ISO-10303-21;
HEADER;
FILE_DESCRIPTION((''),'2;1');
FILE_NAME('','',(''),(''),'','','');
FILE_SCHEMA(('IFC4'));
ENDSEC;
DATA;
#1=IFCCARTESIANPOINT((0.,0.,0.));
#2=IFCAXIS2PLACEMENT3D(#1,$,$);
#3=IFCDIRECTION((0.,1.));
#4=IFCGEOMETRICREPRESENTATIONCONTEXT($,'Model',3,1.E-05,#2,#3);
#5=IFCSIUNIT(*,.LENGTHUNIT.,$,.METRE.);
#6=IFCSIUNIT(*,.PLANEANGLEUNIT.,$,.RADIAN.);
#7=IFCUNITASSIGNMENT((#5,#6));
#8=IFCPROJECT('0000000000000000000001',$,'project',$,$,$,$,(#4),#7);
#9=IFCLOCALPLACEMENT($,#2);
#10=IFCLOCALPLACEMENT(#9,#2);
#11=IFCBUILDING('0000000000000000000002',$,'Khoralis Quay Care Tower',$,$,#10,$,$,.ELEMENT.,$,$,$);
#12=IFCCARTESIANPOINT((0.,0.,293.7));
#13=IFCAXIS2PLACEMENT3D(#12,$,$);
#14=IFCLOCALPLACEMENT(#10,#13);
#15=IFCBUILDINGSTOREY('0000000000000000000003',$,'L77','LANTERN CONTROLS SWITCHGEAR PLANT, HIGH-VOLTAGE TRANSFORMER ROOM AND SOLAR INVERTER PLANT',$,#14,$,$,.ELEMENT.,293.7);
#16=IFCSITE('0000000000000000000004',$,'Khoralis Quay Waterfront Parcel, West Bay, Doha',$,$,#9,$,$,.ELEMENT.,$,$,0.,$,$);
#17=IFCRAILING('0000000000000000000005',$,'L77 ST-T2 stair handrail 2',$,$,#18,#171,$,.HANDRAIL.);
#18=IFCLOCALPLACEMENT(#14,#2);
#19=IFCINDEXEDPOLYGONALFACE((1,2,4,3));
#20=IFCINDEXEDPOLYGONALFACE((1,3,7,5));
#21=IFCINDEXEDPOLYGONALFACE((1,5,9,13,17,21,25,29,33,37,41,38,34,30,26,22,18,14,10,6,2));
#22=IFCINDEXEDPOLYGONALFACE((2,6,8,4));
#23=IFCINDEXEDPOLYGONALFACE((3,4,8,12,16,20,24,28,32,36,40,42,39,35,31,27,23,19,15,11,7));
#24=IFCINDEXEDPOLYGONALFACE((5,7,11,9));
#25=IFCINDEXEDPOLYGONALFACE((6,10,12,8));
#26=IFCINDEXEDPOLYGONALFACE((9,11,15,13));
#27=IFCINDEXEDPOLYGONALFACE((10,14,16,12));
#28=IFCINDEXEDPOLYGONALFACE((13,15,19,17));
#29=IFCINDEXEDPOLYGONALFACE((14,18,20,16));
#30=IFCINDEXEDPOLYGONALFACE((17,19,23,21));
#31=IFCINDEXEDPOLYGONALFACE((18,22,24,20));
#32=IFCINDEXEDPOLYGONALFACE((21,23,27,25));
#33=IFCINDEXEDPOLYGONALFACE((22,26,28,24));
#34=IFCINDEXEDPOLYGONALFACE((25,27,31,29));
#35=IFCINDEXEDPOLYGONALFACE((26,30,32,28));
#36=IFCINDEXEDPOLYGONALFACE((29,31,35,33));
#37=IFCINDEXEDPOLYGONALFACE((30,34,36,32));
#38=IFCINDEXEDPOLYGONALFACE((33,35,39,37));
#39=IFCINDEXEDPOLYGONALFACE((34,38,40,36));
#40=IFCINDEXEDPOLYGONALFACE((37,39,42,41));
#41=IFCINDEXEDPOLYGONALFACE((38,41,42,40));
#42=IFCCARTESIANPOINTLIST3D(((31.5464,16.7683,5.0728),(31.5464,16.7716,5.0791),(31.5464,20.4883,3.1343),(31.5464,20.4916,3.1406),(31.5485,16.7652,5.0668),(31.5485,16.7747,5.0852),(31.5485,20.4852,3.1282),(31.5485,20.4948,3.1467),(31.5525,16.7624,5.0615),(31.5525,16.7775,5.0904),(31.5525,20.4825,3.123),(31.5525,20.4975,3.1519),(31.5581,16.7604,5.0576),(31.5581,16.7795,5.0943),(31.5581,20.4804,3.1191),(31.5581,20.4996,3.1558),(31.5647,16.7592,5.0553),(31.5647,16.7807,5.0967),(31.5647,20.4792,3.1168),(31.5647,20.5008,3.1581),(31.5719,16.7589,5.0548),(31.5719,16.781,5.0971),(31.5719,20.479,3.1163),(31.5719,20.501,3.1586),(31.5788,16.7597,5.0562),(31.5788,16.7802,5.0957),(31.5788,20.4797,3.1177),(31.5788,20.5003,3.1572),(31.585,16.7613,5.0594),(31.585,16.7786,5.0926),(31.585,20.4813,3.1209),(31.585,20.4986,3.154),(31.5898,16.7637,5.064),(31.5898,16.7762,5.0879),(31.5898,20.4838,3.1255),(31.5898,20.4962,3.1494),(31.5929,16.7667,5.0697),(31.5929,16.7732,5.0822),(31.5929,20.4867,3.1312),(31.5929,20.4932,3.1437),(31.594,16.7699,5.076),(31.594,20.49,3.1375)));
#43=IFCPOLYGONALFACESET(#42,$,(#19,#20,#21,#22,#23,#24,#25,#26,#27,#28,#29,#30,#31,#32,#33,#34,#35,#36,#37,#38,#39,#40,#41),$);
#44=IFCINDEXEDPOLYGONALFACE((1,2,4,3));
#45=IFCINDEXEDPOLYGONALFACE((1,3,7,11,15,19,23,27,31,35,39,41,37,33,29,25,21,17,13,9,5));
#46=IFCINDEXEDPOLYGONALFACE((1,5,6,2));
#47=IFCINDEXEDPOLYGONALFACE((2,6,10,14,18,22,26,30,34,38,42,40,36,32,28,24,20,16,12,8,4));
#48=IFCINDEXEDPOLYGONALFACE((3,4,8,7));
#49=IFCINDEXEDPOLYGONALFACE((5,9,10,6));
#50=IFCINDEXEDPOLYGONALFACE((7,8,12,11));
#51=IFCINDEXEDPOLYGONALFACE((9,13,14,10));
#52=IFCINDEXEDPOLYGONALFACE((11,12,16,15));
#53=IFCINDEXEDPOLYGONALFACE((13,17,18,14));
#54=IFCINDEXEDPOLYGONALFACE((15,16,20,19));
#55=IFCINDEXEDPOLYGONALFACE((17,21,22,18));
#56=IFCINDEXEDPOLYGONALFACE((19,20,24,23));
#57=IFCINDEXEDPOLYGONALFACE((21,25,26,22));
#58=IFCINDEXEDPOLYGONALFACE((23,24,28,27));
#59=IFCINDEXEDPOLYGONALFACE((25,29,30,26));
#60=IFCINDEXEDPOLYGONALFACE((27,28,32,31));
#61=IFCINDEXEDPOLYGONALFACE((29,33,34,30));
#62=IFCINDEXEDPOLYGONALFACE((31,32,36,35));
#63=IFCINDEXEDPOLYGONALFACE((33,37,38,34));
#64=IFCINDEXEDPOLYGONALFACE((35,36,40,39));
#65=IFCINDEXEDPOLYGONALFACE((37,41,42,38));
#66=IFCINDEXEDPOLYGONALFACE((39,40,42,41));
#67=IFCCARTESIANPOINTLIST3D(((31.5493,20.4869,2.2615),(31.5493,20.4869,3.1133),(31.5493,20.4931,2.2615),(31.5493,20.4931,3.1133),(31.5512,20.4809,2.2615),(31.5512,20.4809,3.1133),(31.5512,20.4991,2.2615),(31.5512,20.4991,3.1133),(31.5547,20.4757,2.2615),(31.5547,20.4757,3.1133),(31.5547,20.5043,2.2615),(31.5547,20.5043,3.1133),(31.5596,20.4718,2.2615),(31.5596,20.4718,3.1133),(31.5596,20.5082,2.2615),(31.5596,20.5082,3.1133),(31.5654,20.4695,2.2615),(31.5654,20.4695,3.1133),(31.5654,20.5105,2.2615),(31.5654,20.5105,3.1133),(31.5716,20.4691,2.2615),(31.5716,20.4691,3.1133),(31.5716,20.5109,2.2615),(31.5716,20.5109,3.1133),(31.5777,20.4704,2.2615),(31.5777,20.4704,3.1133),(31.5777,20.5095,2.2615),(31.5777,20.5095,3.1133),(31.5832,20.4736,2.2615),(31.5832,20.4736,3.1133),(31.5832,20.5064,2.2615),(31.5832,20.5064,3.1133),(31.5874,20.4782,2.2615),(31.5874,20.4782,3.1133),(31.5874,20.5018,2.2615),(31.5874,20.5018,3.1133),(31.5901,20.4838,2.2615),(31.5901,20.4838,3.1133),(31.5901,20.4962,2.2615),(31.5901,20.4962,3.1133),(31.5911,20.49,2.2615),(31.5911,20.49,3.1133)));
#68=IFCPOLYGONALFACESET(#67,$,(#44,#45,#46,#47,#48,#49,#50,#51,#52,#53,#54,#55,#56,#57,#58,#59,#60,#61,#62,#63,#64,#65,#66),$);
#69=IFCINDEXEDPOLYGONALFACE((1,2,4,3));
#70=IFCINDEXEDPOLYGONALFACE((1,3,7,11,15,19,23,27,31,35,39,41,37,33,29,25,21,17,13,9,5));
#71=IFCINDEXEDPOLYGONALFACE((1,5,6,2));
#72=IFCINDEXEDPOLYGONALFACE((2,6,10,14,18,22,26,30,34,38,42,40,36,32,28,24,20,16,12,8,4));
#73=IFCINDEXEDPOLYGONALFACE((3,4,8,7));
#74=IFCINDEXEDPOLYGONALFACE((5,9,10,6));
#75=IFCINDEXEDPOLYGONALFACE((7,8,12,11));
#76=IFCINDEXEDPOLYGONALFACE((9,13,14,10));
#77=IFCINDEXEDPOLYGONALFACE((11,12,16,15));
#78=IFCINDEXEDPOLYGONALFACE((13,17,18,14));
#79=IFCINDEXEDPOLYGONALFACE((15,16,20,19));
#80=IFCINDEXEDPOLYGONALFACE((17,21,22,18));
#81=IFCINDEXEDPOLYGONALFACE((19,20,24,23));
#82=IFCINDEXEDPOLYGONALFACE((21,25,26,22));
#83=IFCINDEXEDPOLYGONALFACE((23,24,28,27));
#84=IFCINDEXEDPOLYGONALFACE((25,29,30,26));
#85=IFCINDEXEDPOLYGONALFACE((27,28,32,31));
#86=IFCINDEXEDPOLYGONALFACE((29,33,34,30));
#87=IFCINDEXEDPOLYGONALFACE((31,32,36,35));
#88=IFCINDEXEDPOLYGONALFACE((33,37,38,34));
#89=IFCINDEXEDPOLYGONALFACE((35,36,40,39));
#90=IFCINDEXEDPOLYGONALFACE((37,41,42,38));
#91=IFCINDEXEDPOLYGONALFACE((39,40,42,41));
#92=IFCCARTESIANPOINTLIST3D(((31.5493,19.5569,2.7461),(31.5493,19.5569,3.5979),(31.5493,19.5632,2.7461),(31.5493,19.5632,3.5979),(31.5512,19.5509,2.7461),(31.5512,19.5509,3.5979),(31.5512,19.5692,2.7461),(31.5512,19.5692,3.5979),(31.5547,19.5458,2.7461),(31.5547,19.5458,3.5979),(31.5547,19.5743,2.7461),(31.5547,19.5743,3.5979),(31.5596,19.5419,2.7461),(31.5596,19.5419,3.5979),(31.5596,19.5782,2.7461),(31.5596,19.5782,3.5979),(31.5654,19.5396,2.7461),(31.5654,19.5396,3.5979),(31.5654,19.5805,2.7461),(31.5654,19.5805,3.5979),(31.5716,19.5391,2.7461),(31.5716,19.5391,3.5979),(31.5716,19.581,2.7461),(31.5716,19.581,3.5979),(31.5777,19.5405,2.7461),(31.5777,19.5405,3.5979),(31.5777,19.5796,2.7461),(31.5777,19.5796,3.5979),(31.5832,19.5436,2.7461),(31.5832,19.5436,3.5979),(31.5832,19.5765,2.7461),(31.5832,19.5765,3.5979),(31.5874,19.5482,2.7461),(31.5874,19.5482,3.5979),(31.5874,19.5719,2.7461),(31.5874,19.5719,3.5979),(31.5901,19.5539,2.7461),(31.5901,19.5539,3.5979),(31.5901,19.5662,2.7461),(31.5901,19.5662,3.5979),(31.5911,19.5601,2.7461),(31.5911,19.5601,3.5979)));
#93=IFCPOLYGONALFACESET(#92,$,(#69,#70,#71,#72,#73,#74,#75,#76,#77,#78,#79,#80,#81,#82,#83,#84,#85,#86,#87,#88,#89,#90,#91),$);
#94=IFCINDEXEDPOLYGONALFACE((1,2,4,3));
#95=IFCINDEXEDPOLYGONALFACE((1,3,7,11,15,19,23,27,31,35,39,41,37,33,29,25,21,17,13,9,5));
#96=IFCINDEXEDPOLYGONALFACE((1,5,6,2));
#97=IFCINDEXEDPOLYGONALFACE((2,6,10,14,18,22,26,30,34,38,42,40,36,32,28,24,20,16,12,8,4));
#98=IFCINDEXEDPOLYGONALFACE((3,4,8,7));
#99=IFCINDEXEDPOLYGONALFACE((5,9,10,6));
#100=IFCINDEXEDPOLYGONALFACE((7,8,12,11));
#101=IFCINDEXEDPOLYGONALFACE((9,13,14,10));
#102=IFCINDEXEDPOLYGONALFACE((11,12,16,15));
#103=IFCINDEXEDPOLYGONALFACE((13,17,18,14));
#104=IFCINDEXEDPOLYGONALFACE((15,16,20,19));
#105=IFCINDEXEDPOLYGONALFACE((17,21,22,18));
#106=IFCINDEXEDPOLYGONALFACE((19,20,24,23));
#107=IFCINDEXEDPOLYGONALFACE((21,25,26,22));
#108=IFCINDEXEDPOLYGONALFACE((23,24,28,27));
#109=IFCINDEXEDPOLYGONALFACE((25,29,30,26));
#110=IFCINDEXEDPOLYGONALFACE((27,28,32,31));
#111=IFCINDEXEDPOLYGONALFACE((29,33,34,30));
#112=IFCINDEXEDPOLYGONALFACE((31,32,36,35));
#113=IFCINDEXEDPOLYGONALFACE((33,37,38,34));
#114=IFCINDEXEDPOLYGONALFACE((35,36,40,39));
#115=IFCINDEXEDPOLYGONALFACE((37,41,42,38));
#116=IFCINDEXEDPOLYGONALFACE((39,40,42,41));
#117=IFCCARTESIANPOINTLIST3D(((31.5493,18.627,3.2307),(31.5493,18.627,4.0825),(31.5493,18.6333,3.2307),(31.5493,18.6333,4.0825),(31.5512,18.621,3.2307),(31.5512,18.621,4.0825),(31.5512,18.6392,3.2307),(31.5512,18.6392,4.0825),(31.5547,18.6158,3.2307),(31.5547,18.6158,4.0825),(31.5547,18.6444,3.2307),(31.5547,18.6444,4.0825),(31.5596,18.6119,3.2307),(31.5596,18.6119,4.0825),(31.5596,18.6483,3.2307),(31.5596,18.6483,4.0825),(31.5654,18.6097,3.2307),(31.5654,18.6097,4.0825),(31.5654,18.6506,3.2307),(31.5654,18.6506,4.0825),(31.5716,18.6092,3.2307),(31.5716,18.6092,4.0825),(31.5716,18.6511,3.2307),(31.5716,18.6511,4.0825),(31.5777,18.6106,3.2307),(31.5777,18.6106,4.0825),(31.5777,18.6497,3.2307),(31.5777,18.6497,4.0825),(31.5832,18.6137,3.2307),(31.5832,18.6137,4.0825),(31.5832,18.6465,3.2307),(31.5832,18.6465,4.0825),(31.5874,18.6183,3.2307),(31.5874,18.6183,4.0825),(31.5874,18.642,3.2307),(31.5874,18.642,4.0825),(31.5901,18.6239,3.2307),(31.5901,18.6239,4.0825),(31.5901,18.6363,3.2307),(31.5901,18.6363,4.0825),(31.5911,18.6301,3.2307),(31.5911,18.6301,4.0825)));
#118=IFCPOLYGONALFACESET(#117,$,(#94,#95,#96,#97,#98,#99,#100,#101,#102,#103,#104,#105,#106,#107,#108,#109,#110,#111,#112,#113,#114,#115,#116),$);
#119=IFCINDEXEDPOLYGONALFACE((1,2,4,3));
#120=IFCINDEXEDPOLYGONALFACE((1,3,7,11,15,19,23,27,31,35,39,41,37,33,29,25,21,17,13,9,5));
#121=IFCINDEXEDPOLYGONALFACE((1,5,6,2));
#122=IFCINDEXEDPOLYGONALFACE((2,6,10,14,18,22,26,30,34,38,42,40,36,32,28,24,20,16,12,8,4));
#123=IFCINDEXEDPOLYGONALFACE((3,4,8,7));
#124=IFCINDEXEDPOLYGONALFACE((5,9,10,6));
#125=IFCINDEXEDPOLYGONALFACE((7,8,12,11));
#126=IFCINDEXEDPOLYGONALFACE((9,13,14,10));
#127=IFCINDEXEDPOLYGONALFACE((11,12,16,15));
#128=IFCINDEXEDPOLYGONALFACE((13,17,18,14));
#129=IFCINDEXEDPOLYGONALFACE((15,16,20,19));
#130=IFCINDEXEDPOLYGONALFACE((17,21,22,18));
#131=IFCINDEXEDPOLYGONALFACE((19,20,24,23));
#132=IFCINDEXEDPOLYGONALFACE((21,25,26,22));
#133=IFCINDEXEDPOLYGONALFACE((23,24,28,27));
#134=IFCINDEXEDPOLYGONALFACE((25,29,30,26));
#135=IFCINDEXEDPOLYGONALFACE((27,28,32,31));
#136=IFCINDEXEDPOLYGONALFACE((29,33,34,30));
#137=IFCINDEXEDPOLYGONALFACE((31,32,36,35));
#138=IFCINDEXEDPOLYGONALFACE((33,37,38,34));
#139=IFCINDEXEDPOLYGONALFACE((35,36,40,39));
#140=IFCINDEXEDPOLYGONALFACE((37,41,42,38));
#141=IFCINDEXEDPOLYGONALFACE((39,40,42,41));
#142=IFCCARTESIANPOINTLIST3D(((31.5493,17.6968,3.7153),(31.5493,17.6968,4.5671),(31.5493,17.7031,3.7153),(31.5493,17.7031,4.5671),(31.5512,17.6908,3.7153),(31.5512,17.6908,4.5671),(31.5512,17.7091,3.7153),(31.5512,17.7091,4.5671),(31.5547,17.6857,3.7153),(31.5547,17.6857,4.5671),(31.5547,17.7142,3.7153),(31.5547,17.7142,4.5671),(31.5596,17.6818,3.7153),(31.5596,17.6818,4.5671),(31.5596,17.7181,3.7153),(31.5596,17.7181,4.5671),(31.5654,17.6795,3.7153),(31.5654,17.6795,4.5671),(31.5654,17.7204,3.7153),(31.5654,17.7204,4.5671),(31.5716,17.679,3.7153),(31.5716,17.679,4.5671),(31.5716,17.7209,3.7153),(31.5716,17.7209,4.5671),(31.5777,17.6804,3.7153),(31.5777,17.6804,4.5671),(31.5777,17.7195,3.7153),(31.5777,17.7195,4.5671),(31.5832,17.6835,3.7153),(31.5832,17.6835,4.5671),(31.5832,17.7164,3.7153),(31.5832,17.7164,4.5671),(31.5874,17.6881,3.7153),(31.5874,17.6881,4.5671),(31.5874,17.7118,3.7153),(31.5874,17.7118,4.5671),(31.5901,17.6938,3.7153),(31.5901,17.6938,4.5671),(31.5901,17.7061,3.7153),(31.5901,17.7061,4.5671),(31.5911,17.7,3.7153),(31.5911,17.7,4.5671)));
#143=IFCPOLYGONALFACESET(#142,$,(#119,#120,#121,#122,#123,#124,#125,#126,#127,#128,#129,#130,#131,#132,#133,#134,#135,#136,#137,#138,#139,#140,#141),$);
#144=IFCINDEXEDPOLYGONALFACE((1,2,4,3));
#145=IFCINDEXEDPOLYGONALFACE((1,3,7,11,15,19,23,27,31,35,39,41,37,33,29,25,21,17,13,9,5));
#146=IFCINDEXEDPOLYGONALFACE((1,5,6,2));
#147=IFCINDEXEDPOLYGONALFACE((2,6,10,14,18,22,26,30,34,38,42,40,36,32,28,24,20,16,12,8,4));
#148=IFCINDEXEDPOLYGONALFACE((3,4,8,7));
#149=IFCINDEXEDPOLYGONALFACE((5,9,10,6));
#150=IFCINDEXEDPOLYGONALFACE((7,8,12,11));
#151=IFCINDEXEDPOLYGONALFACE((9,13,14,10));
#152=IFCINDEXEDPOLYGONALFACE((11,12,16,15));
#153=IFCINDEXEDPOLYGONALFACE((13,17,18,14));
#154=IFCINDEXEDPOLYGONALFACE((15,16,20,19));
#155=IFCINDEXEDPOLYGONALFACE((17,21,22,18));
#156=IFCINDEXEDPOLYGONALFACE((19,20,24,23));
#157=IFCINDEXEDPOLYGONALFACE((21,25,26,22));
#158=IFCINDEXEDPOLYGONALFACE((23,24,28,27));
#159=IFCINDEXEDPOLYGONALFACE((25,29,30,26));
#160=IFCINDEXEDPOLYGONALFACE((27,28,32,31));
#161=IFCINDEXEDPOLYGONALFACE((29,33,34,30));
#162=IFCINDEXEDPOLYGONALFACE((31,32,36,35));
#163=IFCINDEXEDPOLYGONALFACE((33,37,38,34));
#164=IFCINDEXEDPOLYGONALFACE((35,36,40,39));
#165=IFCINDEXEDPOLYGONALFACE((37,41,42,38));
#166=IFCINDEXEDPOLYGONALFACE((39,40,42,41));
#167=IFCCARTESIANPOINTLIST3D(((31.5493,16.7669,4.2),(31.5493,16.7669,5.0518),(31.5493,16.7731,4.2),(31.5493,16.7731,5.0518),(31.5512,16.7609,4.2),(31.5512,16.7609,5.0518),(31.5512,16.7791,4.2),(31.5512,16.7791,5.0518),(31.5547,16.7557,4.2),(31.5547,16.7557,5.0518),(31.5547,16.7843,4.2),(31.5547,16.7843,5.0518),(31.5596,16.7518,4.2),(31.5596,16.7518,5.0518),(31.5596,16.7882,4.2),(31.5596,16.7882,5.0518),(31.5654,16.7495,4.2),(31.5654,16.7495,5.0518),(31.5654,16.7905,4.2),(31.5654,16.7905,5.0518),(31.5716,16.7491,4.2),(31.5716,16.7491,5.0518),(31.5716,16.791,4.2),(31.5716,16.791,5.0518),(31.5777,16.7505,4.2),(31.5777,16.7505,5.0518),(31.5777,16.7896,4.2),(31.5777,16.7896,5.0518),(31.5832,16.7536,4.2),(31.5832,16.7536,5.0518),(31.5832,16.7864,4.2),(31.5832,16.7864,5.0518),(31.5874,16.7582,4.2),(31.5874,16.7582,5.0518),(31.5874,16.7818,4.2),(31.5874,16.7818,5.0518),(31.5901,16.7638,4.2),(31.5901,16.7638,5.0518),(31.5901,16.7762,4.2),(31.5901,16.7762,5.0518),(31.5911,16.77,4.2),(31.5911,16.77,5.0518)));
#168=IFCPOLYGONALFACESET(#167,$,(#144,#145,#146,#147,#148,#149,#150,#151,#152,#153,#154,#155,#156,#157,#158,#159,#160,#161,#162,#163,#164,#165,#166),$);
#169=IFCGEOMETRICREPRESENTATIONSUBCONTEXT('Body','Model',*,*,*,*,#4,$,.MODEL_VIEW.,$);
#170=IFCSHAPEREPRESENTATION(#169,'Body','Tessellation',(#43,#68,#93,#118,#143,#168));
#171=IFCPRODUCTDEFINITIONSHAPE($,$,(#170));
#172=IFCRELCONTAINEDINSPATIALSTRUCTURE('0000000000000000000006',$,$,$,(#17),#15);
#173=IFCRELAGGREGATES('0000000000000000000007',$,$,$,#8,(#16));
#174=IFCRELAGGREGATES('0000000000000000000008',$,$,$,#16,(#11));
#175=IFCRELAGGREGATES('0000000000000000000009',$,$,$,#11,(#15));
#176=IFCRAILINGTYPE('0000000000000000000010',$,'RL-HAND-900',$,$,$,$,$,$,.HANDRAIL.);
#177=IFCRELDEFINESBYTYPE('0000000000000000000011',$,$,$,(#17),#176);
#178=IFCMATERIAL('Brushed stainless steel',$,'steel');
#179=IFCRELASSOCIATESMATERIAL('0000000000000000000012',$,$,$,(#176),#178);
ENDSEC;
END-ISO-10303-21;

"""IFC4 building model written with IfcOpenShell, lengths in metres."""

from ifc_helpers import new_model, si_unit, direction, frame, origin, origin_2d, place, context, subcontext, project, spatial, circle, extrude, material, type_object, element, save


model = new_model("IFC4")

# Units and contexts
model_context = context("Model", 3, precision=1e-05, world=origin(), true_north=direction((0.0, 1.0)))
body_context = subcontext(model_context, "Body", "Model", "MODEL_VIEW")
ifc_project = project(units=[si_unit("LENGTHUNIT", "METRE"), si_unit("PLANEANGLEUNIT", "RADIAN")], contexts=[model_context])

# Site, building, storey
site_placement = place(None, origin())
site = spatial("IfcSite", under=ifc_project, at=site_placement, Name="Khoralis Quay Waterfront Parcel, West Bay, Doha", CompositionType="ELEMENT", RefElevation=0.0)
building_placement = place(site_placement, origin())
building = spatial("IfcBuilding", under=site, at=building_placement, Name="Khoralis Quay Care Tower", CompositionType="ELEMENT")
storey_placement = place(building_placement, frame((0.0, 0.0, 293.7)))
storey = spatial("IfcBuildingStorey", under=building, at=storey_placement, Name="L77", Description="LANTERN CONTROLS SWITCHGEAR PLANT, HIGH-VOLTAGE TRANSFORMER ROOM AND SOLAR INVERTER PLANT", CompositionType="ELEMENT", Elevation=293.7)

# Shared definitions
ifc_material_1 = material(Name="Brushed stainless steel", Category="steel")

# Railing
railing_type_1 = type_object("IfcRailingType", Name="RL-HAND-900", PredefinedType="HANDRAIL", material=ifc_material_1)
railing_1_placement = place(storey_placement, frame((31.5701, 20.49, 2.2615)))
element("IfcRailing", 1, at=railing_1_placement, inside=storey, type_object=railing_type_1, Name="L77 ST-T2 stair handrail 2", PredefinedType="HANDRAIL", context=body_context, shape_type="SweptSolid", body=[
    extrude(circle(Radius=0.0239, at=origin_2d()), frame((0.0, 0.0, 0.876), z_axis=(0.0, -0.886817, 0.46212), x_axis=(1.0, 0.0, 0.0)), (0.0, 0.0, 1.0), 4.1948),
    extrude(circle(Radius=0.021, at=origin_2d()), origin(), (0.0, 0.0, 1.0), 0.8518),
    extrude(circle(Radius=0.021, at=origin_2d()), frame((0.0, -0.9299, 0.4846)), (0.0, 0.0, 1.0), 0.8518),
    extrude(circle(Radius=0.021, at=origin_2d()), frame((0.0, -1.8599, 0.9692)), (0.0, 0.0, 1.0), 0.8518),
    extrude(circle(Radius=0.021, at=origin_2d()), frame((0.0, -2.79, 1.4539)), (0.0, 0.0, 1.0), 0.8518),
    extrude(circle(Radius=0.021, at=origin_2d()), frame((0.0, -3.72, 1.9385)), (0.0, 0.0, 1.0), 0.8518),
])

save(model, "model.ifc")
